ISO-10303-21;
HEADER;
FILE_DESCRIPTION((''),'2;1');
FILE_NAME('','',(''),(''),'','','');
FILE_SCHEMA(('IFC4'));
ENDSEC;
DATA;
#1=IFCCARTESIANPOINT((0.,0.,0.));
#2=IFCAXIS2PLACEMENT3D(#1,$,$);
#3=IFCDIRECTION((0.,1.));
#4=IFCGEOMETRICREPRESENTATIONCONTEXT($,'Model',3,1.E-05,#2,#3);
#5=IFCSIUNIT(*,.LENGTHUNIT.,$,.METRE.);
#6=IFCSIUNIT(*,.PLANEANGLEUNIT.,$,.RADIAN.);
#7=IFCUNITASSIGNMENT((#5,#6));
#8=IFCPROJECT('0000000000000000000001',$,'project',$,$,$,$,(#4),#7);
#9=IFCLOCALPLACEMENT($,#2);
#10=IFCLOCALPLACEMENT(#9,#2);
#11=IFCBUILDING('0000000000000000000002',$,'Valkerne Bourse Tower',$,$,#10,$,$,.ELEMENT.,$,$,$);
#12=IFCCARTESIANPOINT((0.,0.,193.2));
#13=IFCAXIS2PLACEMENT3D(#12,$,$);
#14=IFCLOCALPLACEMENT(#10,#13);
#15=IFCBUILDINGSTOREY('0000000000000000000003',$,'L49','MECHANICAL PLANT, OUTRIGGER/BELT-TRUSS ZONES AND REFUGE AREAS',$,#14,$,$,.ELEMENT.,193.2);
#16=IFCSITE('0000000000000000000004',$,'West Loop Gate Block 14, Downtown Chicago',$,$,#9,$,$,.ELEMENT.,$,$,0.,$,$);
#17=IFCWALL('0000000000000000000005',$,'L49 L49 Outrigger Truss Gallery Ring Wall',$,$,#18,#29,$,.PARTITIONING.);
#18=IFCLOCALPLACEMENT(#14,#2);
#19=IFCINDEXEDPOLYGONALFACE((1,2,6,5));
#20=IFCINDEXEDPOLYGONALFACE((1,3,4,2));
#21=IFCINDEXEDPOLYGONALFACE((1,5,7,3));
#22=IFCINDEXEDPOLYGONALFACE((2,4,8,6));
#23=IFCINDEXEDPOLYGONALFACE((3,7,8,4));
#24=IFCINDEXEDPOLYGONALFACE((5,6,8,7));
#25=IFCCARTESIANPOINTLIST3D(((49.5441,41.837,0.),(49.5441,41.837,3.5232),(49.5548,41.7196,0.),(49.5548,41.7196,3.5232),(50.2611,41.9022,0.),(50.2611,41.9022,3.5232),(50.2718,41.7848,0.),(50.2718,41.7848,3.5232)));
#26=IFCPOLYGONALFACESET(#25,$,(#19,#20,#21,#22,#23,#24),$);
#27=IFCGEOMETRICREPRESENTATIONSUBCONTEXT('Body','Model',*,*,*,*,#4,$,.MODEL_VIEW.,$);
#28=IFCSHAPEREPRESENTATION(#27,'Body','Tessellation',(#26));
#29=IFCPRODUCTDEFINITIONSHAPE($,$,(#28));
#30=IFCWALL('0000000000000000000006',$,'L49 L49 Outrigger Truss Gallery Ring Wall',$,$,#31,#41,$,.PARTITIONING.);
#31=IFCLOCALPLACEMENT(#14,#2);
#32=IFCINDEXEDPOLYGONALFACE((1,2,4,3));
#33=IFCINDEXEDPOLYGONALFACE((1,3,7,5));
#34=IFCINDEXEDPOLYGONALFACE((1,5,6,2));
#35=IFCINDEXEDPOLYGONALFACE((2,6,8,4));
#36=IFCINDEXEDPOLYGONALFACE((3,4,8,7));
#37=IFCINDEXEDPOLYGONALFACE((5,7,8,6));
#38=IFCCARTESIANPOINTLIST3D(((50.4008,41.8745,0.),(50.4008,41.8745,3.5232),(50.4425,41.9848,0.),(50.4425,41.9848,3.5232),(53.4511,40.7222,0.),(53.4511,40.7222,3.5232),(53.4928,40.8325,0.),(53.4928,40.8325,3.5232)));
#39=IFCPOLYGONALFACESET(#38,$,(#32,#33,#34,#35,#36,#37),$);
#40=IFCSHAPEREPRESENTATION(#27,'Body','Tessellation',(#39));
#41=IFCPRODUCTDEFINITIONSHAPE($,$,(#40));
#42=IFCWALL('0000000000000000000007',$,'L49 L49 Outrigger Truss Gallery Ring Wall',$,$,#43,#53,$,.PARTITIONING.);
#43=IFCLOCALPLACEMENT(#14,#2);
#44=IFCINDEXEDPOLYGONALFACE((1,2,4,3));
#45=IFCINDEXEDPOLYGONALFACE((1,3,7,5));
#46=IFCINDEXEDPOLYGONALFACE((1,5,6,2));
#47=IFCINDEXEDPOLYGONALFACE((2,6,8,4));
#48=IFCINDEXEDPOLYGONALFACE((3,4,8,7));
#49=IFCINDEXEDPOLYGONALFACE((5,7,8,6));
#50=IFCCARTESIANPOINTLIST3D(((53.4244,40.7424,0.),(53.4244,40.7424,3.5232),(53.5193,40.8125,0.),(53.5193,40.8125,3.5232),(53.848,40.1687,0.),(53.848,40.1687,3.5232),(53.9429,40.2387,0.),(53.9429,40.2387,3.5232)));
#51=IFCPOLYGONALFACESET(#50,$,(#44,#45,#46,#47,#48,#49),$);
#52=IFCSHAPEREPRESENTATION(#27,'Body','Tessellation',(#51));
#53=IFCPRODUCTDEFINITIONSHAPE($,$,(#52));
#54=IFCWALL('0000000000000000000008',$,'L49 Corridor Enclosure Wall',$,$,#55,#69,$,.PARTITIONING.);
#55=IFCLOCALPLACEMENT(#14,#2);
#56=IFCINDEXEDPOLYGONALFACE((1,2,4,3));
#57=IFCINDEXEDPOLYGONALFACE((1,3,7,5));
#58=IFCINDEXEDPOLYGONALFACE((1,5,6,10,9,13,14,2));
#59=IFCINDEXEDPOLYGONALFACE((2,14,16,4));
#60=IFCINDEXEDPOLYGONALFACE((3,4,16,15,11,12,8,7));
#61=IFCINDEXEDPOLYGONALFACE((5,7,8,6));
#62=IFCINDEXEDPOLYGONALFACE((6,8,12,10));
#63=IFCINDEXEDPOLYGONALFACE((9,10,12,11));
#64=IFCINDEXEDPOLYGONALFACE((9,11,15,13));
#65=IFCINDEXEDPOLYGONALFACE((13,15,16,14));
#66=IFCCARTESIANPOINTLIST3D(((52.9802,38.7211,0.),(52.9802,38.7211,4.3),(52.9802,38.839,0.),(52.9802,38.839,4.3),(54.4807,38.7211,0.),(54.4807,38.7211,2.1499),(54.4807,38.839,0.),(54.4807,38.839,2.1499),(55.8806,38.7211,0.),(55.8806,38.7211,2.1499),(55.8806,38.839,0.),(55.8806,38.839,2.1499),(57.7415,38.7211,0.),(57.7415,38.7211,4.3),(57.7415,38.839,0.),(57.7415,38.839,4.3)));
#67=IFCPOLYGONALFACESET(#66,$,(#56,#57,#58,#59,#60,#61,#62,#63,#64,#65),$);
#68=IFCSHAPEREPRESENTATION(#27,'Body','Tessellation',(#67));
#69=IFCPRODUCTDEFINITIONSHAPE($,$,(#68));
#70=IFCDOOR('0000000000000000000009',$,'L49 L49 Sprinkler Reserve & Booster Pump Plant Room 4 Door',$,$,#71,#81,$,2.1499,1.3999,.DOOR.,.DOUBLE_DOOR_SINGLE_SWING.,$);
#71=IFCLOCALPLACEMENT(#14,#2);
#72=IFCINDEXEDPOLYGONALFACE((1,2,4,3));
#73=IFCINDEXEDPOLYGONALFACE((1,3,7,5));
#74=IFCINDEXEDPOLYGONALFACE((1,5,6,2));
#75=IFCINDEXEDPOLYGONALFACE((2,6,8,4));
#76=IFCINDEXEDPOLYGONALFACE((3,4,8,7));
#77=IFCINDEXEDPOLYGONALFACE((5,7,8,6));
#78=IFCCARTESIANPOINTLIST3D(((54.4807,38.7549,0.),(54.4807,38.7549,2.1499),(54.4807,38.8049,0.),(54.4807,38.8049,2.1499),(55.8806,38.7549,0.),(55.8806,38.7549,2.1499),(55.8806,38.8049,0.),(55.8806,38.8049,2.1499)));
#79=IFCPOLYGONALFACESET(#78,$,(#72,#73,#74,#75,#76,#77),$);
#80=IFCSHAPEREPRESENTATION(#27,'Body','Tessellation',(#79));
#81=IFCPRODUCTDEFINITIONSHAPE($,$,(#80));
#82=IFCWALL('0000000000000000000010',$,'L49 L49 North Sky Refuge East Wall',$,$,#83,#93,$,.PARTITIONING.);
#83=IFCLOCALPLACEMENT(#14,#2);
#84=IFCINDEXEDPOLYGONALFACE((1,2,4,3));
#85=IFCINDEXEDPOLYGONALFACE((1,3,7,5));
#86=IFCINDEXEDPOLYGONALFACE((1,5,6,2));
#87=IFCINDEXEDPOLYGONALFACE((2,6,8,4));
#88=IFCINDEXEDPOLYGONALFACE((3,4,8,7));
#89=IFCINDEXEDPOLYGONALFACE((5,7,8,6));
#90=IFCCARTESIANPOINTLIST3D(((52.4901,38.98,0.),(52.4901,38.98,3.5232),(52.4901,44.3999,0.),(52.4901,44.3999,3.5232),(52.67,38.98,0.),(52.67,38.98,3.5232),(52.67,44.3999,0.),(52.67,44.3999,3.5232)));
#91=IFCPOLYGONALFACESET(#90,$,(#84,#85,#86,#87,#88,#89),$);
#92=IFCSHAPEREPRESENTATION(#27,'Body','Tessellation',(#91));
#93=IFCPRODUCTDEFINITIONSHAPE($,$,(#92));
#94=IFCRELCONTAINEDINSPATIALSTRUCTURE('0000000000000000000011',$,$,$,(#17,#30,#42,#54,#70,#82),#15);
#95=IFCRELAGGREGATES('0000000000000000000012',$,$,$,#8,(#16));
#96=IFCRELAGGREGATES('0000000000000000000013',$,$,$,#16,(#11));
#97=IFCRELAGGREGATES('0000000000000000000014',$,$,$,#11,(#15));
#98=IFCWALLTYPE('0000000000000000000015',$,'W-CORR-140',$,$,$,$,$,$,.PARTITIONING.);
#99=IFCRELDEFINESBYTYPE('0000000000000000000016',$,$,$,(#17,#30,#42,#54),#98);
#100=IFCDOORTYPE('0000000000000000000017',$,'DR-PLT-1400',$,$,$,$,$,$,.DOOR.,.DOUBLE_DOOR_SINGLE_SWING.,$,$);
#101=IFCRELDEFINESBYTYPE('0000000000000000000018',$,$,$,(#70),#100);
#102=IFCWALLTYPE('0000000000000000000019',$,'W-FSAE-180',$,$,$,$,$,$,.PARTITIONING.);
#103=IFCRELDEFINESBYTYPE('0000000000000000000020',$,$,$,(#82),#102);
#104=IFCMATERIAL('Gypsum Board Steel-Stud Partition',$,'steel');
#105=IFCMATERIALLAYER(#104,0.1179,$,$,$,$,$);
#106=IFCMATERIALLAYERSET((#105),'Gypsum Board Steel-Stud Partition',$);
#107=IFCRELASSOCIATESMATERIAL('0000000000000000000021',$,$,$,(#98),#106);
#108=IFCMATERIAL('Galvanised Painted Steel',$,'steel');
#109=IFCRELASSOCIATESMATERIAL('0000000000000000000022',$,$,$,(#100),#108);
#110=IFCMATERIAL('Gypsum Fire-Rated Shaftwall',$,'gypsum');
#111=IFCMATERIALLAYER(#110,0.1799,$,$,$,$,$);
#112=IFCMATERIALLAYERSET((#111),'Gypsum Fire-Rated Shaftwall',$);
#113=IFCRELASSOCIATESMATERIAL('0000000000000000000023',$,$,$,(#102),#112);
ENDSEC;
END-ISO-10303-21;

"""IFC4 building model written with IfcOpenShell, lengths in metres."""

from ifc_helpers import new_model, si_unit, direction, frame, frame_2d, origin, place, context, subcontext, project, spatial, rectangle, extrude, material, layer, layer_set, type_object, element, fill, save


model = new_model("IFC4")

# Units and contexts
model_context = context("Model", 3, precision=1e-05, world=origin(), true_north=direction((0.0, 1.0)))
body_context = subcontext(model_context, "Body", "Model", "MODEL_VIEW")
ifc_project = project(units=[si_unit("LENGTHUNIT", "METRE"), si_unit("PLANEANGLEUNIT", "RADIAN")], contexts=[model_context])

# Site, building, storey
site_placement = place(None, origin())
site = spatial("IfcSite", under=ifc_project, at=site_placement, Name="West Loop Gate Block 14, Downtown Chicago", CompositionType="ELEMENT", RefElevation=0.0)
building_placement = place(site_placement, origin())
building = spatial("IfcBuilding", under=site, at=building_placement, Name="Valkerne Bourse Tower", CompositionType="ELEMENT")
storey_placement = place(building_placement, frame((0.0, 0.0, 193.2)))
storey = spatial("IfcBuildingStorey", under=building, at=storey_placement, Name="L49", Description="MECHANICAL PLANT, OUTRIGGER/BELT-TRUSS ZONES AND REFUGE AREAS", CompositionType="ELEMENT", Elevation=193.2)

# Walls
ifc_material_1 = material(Name="Gypsum Board Steel-Stud Partition", Category="steel")
ifc_layer_1 = layer(ifc_material_1, 0.1179)
ifc_layer_set_1 = layer_set([ifc_layer_1], Name="Gypsum Board Steel-Stud Partition")
wall_type_1 = type_object("IfcWallType", Name="W-CORR-140", PredefinedType="PARTITIONING", material=ifc_layer_set_1)
wall_1_placement = place(storey_placement, frame((49.5496, 41.7783, 0.0), z_axis=(0.0, 0.0, 1.0), x_axis=(0.995893, 0.090536, 0.0)))
element("IfcWall", 1, at=wall_1_placement, inside=storey, type_object=wall_type_1, Name="L49 L49 Outrigger Truss Gallery Ring Wall", PredefinedType="PARTITIONING", context=body_context, shape_type="SweptSolid", body=[
    extrude(rectangle(XDim=0.72, YDim=0.1179, at=frame_2d((0.3599, 0.0))), origin(), (0.0, 0.0, 1.0), 3.5232),
])
wall_2_placement = place(storey_placement, frame((50.4216, 41.9297, 0.0), z_axis=(0.0, 0.0, 1.0), x_axis=(0.935471, -0.353403, 0.0)))
element("IfcWall", 2, at=wall_2_placement, inside=storey, type_object=wall_type_1, Name="L49 L49 Outrigger Truss Gallery Ring Wall", PredefinedType="PARTITIONING", context=body_context, shape_type="SweptSolid", body=[
    extrude(rectangle(XDim=3.2607, YDim=0.1179, at=frame_2d((1.6304, 0.0))), origin(), (0.0, 0.0, 1.0), 3.5232),
])
wall_3_placement = place(storey_placement, frame((53.4719, 40.7773, 0.0), z_axis=(0.0, 0.0, 1.0), x_axis=(0.593958, -0.804496, 0.0)))
element("IfcWall", 3, at=wall_3_placement, inside=storey, type_object=wall_type_1, Name="L49 L49 Outrigger Truss Gallery Ring Wall", PredefinedType="PARTITIONING", context=body_context, shape_type="SweptSolid", body=[
    extrude(rectangle(XDim=0.7131, YDim=0.1179, at=frame_2d((0.3564, 0.0))), origin(), (0.0, 0.0, 1.0), 3.5232),
])

# Wall, opening, door
wall_4_placement = place(storey_placement, frame((52.9802, 38.78, 0.0), z_axis=(0.0, 0.0, 1.0), x_axis=(1.0, 0.0, 0.0)))
wall_4 = element("IfcWall", 4, at=wall_4_placement, inside=storey, type_object=wall_type_1, Name="L49 Corridor Enclosure Wall", PredefinedType="PARTITIONING", context=body_context, shape_type="SweptSolid", body=[
    extrude(rectangle(XDim=4.7612, YDim=0.1179, at=frame_2d((2.3806, 0.0))), origin(), (0.0, 0.0, 1.0), 4.3),
])
opening_placement = place(wall_4_placement, frame((1.5005, 0.0, 0.0)))
opening = element("IfcOpeningElement", 5, at=opening_placement, cuts=wall_4, PredefinedType="OPENING", context=body_context, shape_type="SweptSolid", body=[
    extrude(rectangle(XDim=1.3999, YDim=2.1499, at=frame_2d((0.7, 1.075))), frame((0.0, 0.0688, 0.0), z_axis=(0.0, -1.0, 0.0), x_axis=(1.0, 0.0, 0.0)), (0.0, 0.0, 1.0), 0.1379),
])
ifc_material_2 = material(Name="Galvanised Painted Steel", Category="steel")
door_type = type_object("IfcDoorType", Name="DR-PLT-1400", OperationType="DOUBLE_DOOR_SINGLE_SWING", PredefinedType="DOOR", material=ifc_material_2)
door_placement = place(opening_placement, origin())
door = element("IfcDoor", 6, at=door_placement, inside=storey, type_object=door_type, Name="L49 L49 Sprinkler Reserve & Booster Pump Plant Room 4 Door", OperationType="DOUBLE_DOOR_SINGLE_SWING", OverallHeight=2.1499, OverallWidth=1.3999, PredefinedType="DOOR", context=body_context, shape_type="SweptSolid", body=[
    extrude(rectangle(XDim=1.3999, YDim=2.1499, at=frame_2d((0.7, 1.075))), frame((0.0, 0.0249, 0.0), z_axis=(0.0, -1.0, 0.0), x_axis=(1.0, 0.0, 0.0)), (0.0, 0.0, 1.0), 0.05),
])
fill(opening, door)

# Wall
ifc_material_3 = material(Name="Gypsum Fire-Rated Shaftwall", Category="gypsum")
ifc_layer_2 = layer(ifc_material_3, 0.1799)
ifc_layer_set_2 = layer_set([ifc_layer_2], Name="Gypsum Fire-Rated Shaftwall")
wall_type_2 = type_object("IfcWallType", Name="W-FSAE-180", PredefinedType="PARTITIONING", material=ifc_layer_set_2)
wall_5_placement = place(storey_placement, frame((52.5801, 38.98, 0.0), z_axis=(0.0, 0.0, 1.0), x_axis=(0.0, 1.0, 0.0)))
element("IfcWall", 7, at=wall_5_placement, inside=storey, type_object=wall_type_2, Name="L49 L49 North Sky Refuge East Wall", PredefinedType="PARTITIONING", context=body_context, shape_type="SweptSolid", body=[
    extrude(rectangle(XDim=5.4199, YDim=0.1799, at=frame_2d((2.71, 0.0))), origin(), (0.0, 0.0, 1.0), 3.5232),
])

save(model, "model.ifc")
